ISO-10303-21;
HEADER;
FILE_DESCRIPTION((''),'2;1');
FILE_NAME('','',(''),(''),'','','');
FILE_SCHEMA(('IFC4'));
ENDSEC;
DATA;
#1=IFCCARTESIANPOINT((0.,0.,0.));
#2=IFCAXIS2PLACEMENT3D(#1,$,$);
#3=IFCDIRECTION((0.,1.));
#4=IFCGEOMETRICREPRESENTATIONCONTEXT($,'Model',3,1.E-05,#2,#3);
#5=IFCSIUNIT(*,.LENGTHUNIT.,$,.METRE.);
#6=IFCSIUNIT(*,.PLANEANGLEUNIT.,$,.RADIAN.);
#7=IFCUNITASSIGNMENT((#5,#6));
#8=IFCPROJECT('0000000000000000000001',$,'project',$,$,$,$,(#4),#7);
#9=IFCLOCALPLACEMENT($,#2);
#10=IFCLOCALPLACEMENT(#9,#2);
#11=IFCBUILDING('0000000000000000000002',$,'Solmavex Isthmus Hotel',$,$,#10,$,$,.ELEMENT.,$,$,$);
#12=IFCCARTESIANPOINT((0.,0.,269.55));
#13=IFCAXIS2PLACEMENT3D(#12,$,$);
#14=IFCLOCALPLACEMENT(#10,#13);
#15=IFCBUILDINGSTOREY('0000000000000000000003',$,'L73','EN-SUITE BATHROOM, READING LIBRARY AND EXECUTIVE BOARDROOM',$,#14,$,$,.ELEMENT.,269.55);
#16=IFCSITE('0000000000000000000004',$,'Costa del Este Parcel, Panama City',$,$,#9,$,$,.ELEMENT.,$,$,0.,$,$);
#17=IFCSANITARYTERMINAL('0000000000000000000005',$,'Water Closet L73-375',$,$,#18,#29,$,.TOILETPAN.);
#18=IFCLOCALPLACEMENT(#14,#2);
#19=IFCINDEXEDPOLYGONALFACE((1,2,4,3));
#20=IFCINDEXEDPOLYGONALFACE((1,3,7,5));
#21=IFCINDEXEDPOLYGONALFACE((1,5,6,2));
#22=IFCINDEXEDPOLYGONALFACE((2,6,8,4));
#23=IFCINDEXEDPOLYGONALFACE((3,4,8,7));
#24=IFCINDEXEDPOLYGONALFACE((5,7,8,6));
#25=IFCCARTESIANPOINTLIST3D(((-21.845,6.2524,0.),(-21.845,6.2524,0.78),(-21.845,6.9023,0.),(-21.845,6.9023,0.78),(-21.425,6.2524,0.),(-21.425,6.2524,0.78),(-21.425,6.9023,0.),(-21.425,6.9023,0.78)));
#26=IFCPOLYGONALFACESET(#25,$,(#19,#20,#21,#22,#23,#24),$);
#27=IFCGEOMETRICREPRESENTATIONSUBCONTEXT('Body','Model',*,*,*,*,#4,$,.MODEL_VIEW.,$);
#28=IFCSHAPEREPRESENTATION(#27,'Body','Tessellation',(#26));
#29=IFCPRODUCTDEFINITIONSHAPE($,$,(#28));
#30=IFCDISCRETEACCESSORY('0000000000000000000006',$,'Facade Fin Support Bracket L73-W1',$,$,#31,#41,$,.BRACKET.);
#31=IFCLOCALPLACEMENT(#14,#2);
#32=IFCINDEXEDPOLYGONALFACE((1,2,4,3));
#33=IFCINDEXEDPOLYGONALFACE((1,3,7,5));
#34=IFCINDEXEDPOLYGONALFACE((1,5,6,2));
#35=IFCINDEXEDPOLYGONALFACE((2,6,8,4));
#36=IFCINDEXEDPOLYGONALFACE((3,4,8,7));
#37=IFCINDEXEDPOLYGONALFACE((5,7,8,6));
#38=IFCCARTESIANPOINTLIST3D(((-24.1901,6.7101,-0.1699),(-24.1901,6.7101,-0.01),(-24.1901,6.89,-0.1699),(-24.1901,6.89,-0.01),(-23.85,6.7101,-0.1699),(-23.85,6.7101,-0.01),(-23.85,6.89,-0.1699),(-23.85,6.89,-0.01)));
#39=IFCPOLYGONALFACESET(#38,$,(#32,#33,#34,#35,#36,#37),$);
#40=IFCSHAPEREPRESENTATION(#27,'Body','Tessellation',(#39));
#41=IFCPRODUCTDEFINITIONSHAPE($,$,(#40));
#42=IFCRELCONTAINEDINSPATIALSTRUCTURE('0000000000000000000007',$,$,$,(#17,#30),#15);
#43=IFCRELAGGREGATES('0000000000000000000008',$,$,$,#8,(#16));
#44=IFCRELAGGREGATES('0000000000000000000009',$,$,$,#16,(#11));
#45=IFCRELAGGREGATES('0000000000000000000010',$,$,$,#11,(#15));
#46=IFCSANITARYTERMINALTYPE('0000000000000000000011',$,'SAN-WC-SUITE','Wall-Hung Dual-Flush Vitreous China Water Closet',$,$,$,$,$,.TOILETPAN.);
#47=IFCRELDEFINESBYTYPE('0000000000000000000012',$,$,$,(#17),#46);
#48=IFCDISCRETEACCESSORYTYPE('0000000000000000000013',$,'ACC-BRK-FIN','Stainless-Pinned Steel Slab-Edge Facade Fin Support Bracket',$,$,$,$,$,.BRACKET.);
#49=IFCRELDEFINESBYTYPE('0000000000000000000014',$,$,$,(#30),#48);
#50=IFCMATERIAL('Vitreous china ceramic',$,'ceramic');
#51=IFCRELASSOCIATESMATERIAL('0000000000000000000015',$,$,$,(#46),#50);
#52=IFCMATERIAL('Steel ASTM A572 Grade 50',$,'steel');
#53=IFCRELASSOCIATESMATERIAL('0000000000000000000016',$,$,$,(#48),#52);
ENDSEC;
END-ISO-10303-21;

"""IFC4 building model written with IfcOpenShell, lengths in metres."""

from ifc_helpers import new_model, si_unit, direction, frame, origin, origin_2d, place, context, subcontext, project, spatial, rectangle, extrude, material, type_object, element, save


model = new_model("IFC4")

# Units and contexts
model_context = context("Model", 3, precision=1e-05, world=origin(), true_north=direction((0.0, 1.0)))
body_context = subcontext(model_context, "Body", "Model", "MODEL_VIEW")
ifc_project = project(units=[si_unit("LENGTHUNIT", "METRE"), si_unit("PLANEANGLEUNIT", "RADIAN")], contexts=[model_context])

# Site, building, storey
site_placement = place(None, origin())
site = spatial("IfcSite", under=ifc_project, at=site_placement, Name="Costa del Este Parcel, Panama City", CompositionType="ELEMENT", RefElevation=0.0)
building_placement = place(site_placement, origin())
building = spatial("IfcBuilding", under=site, at=building_placement, Name="Solmavex Isthmus Hotel", CompositionType="ELEMENT")
storey_placement = place(building_placement, frame((0.0, 0.0, 269.55)))
storey = spatial("IfcBuildingStorey", under=building, at=storey_placement, Name="L73", Description="EN-SUITE BATHROOM, READING LIBRARY AND EXECUTIVE BOARDROOM", CompositionType="ELEMENT", Elevation=269.55)

# Sanitary terminal
ifc_material_1 = material(Name="Vitreous china ceramic", Category="ceramic")
sanitary_terminal_type_1 = type_object("IfcSanitaryTerminalType", Name="SAN-WC-SUITE", Description="Wall-Hung Dual-Flush Vitreous China Water Closet", PredefinedType="TOILETPAN", material=ifc_material_1)
sanitary_terminal_1_placement = place(storey_placement, frame((-21.635, 6.5774, 0.0), z_axis=(0.0, 0.0, 1.0), x_axis=(1.0, 0.0, 0.0)))
element("IfcSanitaryTerminal", 1, at=sanitary_terminal_1_placement, inside=storey, type_object=sanitary_terminal_type_1, Name="Water Closet L73-375", PredefinedType="TOILETPAN", context=body_context, shape_type="SweptSolid", body=[
    extrude(rectangle(XDim=0.4199, YDim=0.6499, at=origin_2d()), origin(), (0.0, 0.0, 1.0), 0.78),
])

# Discrete accessory
ifc_material_2 = material(Name="Steel ASTM A572 Grade 50", Category="steel")
discrete_accessory_type = type_object("IfcDiscreteAccessoryType", Name="ACC-BRK-FIN", Description="Stainless-Pinned Steel Slab-Edge Facade Fin Support Bracket", PredefinedType="BRACKET", material=ifc_material_2)
discrete_accessory_placement = place(storey_placement, frame((-24.02, 6.8, -0.1699), z_axis=(0.0, 0.0, 1.0), x_axis=(-1.0, 0.0, 0.0)))
element("IfcDiscreteAccessory", 2, at=discrete_accessory_placement, inside=storey, type_object=discrete_accessory_type, Name="Facade Fin Support Bracket L73-W1", PredefinedType="BRACKET", context=body_context, shape_type="SweptSolid", body=[
    extrude(rectangle(XDim=0.3401, YDim=0.1799, at=origin_2d()), origin(), (0.0, 0.0, 1.0), 0.1599),
])

save(model, "model.ifc")
